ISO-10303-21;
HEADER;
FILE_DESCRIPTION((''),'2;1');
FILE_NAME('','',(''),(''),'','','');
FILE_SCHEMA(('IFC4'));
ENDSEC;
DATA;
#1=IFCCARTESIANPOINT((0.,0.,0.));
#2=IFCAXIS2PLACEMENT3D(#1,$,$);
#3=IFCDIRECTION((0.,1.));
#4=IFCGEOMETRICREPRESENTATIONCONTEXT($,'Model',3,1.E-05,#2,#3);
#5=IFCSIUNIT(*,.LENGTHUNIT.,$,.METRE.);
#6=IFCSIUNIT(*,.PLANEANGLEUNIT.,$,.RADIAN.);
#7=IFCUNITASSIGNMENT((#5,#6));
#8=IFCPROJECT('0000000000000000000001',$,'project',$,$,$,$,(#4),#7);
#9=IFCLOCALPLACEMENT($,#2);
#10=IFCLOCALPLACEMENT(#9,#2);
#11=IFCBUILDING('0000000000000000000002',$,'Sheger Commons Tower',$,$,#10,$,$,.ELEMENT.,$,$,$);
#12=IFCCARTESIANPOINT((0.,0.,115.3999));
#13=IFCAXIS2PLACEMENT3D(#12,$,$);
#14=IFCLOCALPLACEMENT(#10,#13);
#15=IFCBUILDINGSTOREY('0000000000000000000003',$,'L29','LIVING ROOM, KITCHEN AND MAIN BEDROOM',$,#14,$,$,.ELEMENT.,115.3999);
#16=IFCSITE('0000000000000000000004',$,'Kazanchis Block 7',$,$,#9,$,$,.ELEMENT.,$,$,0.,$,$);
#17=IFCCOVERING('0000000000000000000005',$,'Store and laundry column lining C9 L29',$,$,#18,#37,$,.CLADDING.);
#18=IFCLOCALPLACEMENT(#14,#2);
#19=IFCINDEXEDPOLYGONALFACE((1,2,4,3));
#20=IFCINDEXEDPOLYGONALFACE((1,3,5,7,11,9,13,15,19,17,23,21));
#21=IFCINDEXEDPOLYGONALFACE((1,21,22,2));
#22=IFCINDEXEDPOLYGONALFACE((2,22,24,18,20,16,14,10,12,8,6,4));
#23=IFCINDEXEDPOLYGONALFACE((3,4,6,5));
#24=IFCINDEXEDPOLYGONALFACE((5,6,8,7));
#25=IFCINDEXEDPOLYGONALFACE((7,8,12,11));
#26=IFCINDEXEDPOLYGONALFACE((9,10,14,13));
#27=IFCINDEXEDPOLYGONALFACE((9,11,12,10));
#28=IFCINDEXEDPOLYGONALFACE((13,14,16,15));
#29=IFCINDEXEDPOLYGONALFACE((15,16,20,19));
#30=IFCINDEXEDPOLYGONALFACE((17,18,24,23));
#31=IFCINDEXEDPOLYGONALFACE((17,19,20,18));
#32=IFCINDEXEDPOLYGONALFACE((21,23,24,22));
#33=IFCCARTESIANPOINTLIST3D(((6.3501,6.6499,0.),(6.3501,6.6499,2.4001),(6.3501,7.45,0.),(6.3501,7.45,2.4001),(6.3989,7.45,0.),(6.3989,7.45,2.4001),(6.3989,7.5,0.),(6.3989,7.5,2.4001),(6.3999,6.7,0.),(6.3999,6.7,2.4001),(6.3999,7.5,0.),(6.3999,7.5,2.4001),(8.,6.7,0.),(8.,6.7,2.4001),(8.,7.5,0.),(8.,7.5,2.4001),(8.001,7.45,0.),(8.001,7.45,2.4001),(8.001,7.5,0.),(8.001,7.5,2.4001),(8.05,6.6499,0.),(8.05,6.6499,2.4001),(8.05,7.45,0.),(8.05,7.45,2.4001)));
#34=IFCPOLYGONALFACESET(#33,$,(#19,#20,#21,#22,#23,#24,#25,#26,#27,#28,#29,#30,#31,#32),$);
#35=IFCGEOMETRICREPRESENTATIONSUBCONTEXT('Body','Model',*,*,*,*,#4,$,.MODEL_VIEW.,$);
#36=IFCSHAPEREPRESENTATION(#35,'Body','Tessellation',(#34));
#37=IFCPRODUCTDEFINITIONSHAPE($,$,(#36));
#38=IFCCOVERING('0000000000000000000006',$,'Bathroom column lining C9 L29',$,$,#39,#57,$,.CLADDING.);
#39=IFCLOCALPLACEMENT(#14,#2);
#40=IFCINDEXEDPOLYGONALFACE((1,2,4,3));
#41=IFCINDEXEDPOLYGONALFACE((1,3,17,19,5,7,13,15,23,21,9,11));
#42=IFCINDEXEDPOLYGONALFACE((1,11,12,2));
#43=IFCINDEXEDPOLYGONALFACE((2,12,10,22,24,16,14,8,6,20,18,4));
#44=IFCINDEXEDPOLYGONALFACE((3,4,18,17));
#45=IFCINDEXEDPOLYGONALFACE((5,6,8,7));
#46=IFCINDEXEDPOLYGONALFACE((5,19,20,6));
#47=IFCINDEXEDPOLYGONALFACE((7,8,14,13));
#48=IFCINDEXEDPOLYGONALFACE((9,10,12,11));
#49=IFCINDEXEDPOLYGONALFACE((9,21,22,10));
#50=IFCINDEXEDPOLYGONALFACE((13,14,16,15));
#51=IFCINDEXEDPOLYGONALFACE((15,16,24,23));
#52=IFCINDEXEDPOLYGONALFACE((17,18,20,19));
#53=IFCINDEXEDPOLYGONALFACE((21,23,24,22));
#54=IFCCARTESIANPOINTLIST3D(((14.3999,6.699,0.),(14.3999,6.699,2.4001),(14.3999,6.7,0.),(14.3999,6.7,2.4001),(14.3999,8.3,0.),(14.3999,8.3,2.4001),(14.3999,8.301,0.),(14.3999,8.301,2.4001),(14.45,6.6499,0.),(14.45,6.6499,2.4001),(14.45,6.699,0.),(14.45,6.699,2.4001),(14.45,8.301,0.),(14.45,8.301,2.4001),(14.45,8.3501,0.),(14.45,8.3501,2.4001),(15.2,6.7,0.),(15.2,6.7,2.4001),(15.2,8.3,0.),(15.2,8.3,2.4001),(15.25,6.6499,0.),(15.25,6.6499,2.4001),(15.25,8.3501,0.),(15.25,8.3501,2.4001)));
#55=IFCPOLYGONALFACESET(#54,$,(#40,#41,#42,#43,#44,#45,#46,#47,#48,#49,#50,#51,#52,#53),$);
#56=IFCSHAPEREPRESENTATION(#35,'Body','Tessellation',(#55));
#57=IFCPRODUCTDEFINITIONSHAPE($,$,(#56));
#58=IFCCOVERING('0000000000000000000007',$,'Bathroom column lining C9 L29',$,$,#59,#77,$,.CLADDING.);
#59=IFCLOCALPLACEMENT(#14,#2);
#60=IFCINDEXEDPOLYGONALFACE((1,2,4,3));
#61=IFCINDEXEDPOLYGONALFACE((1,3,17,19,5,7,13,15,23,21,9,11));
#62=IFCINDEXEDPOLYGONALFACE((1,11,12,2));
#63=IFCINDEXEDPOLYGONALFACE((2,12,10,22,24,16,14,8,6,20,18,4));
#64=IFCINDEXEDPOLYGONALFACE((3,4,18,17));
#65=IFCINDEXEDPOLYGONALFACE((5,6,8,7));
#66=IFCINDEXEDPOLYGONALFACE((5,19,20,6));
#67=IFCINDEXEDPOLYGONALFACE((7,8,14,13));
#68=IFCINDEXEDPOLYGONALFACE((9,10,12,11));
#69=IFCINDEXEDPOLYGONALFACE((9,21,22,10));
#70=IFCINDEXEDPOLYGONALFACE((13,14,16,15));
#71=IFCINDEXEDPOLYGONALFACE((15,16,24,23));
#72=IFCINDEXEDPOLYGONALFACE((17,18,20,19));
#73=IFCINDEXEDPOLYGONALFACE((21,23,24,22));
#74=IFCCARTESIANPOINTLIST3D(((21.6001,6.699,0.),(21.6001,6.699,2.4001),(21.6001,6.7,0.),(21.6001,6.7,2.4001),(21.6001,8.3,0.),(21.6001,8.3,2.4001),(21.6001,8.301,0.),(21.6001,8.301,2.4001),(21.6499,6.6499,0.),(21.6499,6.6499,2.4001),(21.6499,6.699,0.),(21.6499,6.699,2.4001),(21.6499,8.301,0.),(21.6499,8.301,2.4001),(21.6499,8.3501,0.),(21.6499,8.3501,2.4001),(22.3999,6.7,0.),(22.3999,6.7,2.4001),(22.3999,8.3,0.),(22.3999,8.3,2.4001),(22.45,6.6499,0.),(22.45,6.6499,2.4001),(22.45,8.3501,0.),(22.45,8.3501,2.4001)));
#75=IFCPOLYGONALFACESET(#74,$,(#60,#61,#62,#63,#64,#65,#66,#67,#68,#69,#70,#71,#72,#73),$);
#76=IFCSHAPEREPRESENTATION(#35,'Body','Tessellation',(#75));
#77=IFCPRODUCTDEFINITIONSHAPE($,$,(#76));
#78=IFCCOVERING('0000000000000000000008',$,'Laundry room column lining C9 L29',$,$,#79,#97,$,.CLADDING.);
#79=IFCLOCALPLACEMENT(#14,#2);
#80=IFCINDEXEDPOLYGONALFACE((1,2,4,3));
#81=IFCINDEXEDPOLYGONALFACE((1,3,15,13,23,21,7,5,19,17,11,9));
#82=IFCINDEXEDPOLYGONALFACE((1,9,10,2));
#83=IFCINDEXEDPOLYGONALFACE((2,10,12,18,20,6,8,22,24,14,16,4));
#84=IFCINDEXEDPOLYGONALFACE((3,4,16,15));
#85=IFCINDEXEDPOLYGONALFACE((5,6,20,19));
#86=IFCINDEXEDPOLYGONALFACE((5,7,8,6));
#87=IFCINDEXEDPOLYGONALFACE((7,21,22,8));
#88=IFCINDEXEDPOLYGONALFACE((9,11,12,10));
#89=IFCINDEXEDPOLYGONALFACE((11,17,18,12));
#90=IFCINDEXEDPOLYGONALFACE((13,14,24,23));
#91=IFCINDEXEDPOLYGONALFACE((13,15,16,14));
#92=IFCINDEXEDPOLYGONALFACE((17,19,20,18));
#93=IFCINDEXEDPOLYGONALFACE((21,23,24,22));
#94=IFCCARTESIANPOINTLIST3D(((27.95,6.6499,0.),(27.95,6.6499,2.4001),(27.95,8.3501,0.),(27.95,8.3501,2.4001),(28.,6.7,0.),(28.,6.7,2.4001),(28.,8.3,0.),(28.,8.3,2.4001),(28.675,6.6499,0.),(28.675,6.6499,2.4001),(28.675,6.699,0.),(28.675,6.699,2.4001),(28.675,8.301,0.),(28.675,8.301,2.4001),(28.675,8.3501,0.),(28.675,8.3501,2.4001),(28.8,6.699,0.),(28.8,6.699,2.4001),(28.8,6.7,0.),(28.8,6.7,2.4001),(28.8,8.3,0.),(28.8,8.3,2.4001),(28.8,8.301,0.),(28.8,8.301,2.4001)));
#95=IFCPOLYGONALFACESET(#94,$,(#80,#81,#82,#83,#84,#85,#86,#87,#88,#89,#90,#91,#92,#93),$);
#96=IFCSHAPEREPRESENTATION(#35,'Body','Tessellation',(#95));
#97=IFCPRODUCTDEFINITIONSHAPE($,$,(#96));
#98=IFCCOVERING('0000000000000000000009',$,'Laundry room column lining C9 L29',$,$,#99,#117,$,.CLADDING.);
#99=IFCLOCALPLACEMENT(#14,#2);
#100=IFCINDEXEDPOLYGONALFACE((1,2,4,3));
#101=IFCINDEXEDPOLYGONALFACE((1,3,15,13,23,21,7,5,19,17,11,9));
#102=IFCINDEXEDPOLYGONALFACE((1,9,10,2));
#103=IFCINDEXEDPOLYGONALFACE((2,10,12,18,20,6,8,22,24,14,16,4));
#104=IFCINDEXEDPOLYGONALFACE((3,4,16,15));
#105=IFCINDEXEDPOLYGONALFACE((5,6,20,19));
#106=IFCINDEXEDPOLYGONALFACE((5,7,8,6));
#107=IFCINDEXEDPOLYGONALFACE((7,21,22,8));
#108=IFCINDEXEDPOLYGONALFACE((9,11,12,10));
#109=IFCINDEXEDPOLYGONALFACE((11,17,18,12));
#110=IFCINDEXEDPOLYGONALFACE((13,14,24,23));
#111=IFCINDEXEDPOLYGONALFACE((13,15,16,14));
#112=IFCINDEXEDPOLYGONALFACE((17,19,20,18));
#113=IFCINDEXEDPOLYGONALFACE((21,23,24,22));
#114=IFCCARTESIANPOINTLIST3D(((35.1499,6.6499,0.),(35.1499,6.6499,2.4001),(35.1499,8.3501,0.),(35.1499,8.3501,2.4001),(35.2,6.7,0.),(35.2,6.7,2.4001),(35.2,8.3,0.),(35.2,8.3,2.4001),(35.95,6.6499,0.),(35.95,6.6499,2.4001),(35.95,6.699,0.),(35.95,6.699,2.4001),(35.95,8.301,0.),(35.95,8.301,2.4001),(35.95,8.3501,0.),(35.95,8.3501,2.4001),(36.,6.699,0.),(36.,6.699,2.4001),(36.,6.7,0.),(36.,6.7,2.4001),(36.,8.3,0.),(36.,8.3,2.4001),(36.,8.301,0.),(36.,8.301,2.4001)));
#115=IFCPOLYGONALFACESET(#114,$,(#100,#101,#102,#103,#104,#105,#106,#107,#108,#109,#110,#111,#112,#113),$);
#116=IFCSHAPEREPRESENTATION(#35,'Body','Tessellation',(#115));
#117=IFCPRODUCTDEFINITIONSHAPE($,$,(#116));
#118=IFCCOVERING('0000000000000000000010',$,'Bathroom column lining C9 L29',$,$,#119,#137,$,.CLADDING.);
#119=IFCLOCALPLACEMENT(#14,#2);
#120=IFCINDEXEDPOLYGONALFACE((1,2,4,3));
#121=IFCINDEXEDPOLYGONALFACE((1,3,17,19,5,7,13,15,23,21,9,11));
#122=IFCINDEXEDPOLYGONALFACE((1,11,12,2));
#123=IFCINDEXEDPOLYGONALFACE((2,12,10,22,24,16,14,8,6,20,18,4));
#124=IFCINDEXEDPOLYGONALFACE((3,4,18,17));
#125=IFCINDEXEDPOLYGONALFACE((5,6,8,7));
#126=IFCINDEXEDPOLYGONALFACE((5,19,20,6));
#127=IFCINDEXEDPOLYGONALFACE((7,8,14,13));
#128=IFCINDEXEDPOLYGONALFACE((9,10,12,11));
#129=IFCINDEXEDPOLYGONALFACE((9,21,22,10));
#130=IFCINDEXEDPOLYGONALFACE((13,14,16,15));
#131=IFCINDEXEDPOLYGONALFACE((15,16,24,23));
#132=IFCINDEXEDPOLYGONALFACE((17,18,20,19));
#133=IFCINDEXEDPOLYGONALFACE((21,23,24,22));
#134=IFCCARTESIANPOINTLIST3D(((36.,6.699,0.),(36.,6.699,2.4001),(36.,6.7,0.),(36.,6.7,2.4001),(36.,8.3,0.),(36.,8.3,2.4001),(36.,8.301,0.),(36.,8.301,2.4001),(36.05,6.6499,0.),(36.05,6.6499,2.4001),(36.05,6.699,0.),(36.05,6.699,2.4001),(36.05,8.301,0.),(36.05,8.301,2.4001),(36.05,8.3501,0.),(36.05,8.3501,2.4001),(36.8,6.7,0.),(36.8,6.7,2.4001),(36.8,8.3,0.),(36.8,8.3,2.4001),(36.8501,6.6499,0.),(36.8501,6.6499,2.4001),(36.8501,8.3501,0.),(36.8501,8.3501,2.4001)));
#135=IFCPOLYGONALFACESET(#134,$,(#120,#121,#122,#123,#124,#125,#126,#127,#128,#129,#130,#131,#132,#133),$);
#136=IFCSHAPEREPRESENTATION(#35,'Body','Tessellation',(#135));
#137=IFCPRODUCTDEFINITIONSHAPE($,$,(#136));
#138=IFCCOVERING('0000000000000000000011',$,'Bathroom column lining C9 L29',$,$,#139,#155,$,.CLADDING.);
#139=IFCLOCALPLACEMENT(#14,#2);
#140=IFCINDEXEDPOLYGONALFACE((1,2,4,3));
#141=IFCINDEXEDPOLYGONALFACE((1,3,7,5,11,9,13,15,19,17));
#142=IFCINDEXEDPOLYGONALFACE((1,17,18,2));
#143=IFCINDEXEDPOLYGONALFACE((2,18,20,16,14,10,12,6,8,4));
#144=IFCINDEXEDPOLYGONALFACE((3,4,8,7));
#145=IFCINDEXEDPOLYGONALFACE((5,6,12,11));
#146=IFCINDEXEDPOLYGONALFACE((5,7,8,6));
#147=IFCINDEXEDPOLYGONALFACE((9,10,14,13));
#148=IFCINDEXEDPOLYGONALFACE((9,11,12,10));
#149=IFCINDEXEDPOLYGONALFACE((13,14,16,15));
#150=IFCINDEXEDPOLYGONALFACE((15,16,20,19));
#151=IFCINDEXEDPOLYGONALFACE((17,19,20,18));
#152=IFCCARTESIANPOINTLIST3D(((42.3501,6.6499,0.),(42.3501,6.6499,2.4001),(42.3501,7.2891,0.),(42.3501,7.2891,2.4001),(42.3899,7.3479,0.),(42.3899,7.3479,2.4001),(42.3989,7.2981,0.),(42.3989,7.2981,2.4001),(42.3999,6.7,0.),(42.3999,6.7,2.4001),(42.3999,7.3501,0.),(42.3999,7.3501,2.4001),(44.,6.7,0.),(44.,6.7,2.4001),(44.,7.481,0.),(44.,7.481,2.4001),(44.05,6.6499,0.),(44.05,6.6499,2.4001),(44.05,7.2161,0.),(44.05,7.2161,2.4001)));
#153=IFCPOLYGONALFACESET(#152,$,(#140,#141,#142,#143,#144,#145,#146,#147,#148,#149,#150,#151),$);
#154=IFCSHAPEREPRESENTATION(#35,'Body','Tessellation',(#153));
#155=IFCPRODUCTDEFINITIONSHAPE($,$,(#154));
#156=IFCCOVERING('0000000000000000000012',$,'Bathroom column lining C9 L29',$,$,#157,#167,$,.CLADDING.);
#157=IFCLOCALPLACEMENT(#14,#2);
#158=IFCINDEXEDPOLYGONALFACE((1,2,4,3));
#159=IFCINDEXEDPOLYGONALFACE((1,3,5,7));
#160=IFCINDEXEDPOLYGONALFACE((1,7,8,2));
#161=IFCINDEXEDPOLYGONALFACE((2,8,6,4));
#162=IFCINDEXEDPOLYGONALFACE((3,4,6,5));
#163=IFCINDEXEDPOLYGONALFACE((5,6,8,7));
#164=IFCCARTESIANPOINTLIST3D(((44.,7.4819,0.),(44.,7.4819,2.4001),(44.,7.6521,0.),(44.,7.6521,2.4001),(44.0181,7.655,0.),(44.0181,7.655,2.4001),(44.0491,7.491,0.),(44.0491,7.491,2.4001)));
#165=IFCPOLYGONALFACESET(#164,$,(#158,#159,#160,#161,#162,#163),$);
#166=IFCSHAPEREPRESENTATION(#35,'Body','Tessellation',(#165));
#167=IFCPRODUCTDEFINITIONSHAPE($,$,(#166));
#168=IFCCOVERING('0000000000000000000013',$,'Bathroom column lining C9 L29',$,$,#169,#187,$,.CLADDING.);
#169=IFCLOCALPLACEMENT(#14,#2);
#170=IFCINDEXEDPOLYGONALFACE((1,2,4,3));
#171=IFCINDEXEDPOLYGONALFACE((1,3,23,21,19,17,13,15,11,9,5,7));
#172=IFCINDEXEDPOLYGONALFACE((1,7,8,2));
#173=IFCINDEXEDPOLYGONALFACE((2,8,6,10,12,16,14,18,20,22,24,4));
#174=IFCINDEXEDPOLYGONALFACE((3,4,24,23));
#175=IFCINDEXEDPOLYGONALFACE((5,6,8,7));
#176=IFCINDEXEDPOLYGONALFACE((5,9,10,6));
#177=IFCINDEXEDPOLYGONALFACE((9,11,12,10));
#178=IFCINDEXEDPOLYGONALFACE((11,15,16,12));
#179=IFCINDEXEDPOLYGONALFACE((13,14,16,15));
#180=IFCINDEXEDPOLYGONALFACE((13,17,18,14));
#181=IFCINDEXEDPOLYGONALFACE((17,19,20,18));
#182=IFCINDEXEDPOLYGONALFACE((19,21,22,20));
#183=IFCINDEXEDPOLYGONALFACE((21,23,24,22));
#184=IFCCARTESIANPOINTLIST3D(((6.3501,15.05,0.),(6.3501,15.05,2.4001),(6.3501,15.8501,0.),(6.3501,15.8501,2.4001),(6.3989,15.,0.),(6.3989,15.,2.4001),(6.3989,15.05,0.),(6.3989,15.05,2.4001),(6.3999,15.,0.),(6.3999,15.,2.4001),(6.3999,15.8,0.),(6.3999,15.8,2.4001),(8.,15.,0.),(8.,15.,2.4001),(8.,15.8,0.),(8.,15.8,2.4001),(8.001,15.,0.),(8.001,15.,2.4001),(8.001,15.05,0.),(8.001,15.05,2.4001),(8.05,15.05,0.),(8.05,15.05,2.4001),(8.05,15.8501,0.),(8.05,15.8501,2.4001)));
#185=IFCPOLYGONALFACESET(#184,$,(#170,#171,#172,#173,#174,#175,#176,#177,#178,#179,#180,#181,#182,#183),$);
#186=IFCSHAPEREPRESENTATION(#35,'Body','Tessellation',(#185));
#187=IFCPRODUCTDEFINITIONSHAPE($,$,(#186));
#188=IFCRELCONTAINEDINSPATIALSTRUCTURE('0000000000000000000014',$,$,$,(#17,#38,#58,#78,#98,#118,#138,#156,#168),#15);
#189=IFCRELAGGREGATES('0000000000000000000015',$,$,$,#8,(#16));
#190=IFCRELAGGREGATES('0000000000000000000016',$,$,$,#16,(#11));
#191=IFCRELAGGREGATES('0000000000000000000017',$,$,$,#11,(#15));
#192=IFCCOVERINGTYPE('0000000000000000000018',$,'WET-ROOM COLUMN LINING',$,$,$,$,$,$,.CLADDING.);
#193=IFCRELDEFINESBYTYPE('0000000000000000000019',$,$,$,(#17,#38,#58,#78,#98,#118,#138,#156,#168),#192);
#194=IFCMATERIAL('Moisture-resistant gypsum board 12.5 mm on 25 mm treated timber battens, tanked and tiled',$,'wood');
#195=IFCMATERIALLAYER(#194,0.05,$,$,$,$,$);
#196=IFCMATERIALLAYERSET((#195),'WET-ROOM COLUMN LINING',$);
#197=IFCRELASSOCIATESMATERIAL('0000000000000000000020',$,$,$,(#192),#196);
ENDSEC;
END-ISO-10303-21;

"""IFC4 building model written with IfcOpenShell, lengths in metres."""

from ifc_helpers import new_model, si_unit, direction, frame, origin, place, context, subcontext, project, spatial, polyline, outline, extrude, material, layer, layer_set, type_object, element, save


model = new_model("IFC4")

# Units and contexts
model_context = context("Model", 3, precision=1e-05, world=origin(), true_north=direction((0.0, 1.0)))
body_context = subcontext(model_context, "Body", "Model", "MODEL_VIEW")
ifc_project = project(units=[si_unit("LENGTHUNIT", "METRE"), si_unit("PLANEANGLEUNIT", "RADIAN")], contexts=[model_context])

# Site, building, storey
site_placement = place(None, origin())
site = spatial("IfcSite", under=ifc_project, at=site_placement, Name="Kazanchis Block 7", CompositionType="ELEMENT", RefElevation=0.0)
building_placement = place(site_placement, origin())
building = spatial("IfcBuilding", under=site, at=building_placement, Name="Sheger Commons Tower", CompositionType="ELEMENT")
storey_placement = place(building_placement, frame((0.0, 0.0, 115.3999)))
storey = spatial("IfcBuildingStorey", under=building, at=storey_placement, Name="L29", Description="LIVING ROOM, KITCHEN AND MAIN BEDROOM", CompositionType="ELEMENT", Elevation=115.3999)

# Coverings
ifc_material_1 = material(Name="Moisture-resistant gypsum board 12.5 mm on 25 mm treated timber battens, tanked and tiled", Category="wood")
ifc_layer_1 = layer(ifc_material_1, 0.05)
ifc_layer_set_1 = layer_set([ifc_layer_1], Name="WET-ROOM COLUMN LINING")
covering_type_1 = type_object("IfcCoveringType", Name="WET-ROOM COLUMN LINING", PredefinedType="CLADDING", material=ifc_layer_set_1)
covering_1_placement = place(storey_placement, origin())
element("IfcCovering", 1, at=covering_1_placement, inside=storey, type_object=covering_type_1, Name="Store and laundry column lining C9 L29", PredefinedType="CLADDING", context=body_context, shape_type="SweptSolid", body=[
    extrude(outline(polyline([(6.3999, 7.5), (6.3999, 6.7), (8.0, 6.7), (8.0, 7.5), (8.001, 7.5), (8.001, 7.45), (8.05, 7.45), (8.05, 6.6499), (6.3501, 6.6499), (6.3501, 7.45), (6.3989, 7.45), (6.3989, 7.5), (6.3999, 7.5)])), origin(), (0.0, 0.0, 1.0), 2.4001),
])
covering_2_placement = place(storey_placement, origin())
element("IfcCovering", 2, at=covering_2_placement, inside=storey, type_object=covering_type_1, Name="Bathroom column lining C9 L29", PredefinedType="CLADDING", context=body_context, shape_type="SweptSolid", body=[
    extrude(outline(polyline([(15.25, 6.6499), (14.45, 6.6499), (14.45, 6.699), (14.3999, 6.699), (14.3999, 6.7), (15.2, 6.7), (15.2, 8.3), (14.3999, 8.3), (14.3999, 8.301), (14.45, 8.301), (14.45, 8.3501), (15.25, 8.3501), (15.25, 6.6499)])), origin(), (0.0, 0.0, 1.0), 2.4001),
])
covering_3_placement = place(storey_placement, origin())
element("IfcCovering", 3, at=covering_3_placement, inside=storey, type_object=covering_type_1, Name="Bathroom column lining C9 L29", PredefinedType="CLADDING", context=body_context, shape_type="SweptSolid", body=[
    extrude(outline(polyline([(22.45, 6.6499), (21.6499, 6.6499), (21.6499, 6.699), (21.6001, 6.699), (21.6001, 6.7), (22.3999, 6.7), (22.3999, 8.3), (21.6001, 8.3), (21.6001, 8.301), (21.6499, 8.301), (21.6499, 8.3501), (22.45, 8.3501), (22.45, 6.6499)])), origin(), (0.0, 0.0, 1.0), 2.4001),
])
covering_4_placement = place(storey_placement, origin())
element("IfcCovering", 4, at=covering_4_placement, inside=storey, type_object=covering_type_1, Name="Laundry room column lining C9 L29", PredefinedType="CLADDING", context=body_context, shape_type="SweptSolid", body=[
    extrude(outline(polyline([(28.675, 8.3501), (28.675, 8.301), (28.8, 8.301), (28.8, 8.3), (28.0, 8.3), (28.0, 6.7), (28.8, 6.7), (28.8, 6.699), (28.675, 6.699), (28.675, 6.6499), (27.95, 6.6499), (27.95, 8.3501), (28.675, 8.3501)])), origin(), (0.0, 0.0, 1.0), 2.4001),
])
covering_5_placement = place(storey_placement, origin())
element("IfcCovering", 5, at=covering_5_placement, inside=storey, type_object=covering_type_1, Name="Laundry room column lining C9 L29", PredefinedType="CLADDING", context=body_context, shape_type="SweptSolid", body=[
    extrude(outline(polyline([(35.95, 8.3501), (35.95, 8.301), (36.0, 8.301), (36.0, 8.3), (35.2, 8.3), (35.2, 6.7), (36.0, 6.7), (36.0, 6.699), (35.95, 6.699), (35.95, 6.6499), (35.1499, 6.6499), (35.1499, 8.3501), (35.95, 8.3501)])), origin(), (0.0, 0.0, 1.0), 2.4001),
])
covering_6_placement = place(storey_placement, origin())
element("IfcCovering", 6, at=covering_6_placement, inside=storey, type_object=covering_type_1, Name="Bathroom column lining C9 L29", PredefinedType="CLADDING", context=body_context, shape_type="SweptSolid", body=[
    extrude(outline(polyline([(36.8501, 6.6499), (36.05, 6.6499), (36.05, 6.699), (36.0, 6.699), (36.0, 6.7), (36.8, 6.7), (36.8, 8.3), (36.0, 8.3), (36.0, 8.301), (36.05, 8.301), (36.05, 8.3501), (36.8501, 8.3501), (36.8501, 6.6499)])), origin(), (0.0, 0.0, 1.0), 2.4001),
])
covering_7_placement = place(storey_placement, origin())
element("IfcCovering", 7, at=covering_7_placement, inside=storey, type_object=covering_type_1, Name="Bathroom column lining C9 L29", PredefinedType="CLADDING", context=body_context, shape_type="SweptSolid", body=[
    extrude(outline(polyline([(42.3999, 7.3501), (42.3999, 6.7), (44.0, 6.7), (44.0, 7.481), (44.05, 7.2161), (44.05, 6.6499), (42.3501, 6.6499), (42.3501, 7.2891), (42.3989, 7.2981), (42.3899, 7.3479), (42.3999, 7.3501)])), origin(), (0.0, 0.0, 1.0), 2.4001),
])
covering_8_placement = place(storey_placement, origin())
element("IfcCovering", 8, at=covering_8_placement, inside=storey, type_object=covering_type_1, Name="Bathroom column lining C9 L29", PredefinedType="CLADDING", context=body_context, shape_type="SweptSolid", body=[
    extrude(outline(polyline([(44.0, 7.6521), (44.0181, 7.655), (44.0491, 7.491), (44.0, 7.4819), (44.0, 7.6521)])), origin(), (0.0, 0.0, 1.0), 2.4001),
])
covering_9_placement = place(storey_placement, origin())
element("IfcCovering", 9, at=covering_9_placement, inside=storey, type_object=covering_type_1, Name="Bathroom column lining C9 L29", PredefinedType="CLADDING", context=body_context, shape_type="SweptSolid", body=[
    extrude(outline(polyline([(8.05, 15.8501), (8.05, 15.05), (8.001, 15.05), (8.001, 15.0), (8.0, 15.0), (8.0, 15.8), (6.3999, 15.8), (6.3999, 15.0), (6.3989, 15.0), (6.3989, 15.05), (6.3501, 15.05), (6.3501, 15.8501), (8.05, 15.8501)])), origin(), (0.0, 0.0, 1.0), 2.4001),
])

save(model, "model.ifc")
